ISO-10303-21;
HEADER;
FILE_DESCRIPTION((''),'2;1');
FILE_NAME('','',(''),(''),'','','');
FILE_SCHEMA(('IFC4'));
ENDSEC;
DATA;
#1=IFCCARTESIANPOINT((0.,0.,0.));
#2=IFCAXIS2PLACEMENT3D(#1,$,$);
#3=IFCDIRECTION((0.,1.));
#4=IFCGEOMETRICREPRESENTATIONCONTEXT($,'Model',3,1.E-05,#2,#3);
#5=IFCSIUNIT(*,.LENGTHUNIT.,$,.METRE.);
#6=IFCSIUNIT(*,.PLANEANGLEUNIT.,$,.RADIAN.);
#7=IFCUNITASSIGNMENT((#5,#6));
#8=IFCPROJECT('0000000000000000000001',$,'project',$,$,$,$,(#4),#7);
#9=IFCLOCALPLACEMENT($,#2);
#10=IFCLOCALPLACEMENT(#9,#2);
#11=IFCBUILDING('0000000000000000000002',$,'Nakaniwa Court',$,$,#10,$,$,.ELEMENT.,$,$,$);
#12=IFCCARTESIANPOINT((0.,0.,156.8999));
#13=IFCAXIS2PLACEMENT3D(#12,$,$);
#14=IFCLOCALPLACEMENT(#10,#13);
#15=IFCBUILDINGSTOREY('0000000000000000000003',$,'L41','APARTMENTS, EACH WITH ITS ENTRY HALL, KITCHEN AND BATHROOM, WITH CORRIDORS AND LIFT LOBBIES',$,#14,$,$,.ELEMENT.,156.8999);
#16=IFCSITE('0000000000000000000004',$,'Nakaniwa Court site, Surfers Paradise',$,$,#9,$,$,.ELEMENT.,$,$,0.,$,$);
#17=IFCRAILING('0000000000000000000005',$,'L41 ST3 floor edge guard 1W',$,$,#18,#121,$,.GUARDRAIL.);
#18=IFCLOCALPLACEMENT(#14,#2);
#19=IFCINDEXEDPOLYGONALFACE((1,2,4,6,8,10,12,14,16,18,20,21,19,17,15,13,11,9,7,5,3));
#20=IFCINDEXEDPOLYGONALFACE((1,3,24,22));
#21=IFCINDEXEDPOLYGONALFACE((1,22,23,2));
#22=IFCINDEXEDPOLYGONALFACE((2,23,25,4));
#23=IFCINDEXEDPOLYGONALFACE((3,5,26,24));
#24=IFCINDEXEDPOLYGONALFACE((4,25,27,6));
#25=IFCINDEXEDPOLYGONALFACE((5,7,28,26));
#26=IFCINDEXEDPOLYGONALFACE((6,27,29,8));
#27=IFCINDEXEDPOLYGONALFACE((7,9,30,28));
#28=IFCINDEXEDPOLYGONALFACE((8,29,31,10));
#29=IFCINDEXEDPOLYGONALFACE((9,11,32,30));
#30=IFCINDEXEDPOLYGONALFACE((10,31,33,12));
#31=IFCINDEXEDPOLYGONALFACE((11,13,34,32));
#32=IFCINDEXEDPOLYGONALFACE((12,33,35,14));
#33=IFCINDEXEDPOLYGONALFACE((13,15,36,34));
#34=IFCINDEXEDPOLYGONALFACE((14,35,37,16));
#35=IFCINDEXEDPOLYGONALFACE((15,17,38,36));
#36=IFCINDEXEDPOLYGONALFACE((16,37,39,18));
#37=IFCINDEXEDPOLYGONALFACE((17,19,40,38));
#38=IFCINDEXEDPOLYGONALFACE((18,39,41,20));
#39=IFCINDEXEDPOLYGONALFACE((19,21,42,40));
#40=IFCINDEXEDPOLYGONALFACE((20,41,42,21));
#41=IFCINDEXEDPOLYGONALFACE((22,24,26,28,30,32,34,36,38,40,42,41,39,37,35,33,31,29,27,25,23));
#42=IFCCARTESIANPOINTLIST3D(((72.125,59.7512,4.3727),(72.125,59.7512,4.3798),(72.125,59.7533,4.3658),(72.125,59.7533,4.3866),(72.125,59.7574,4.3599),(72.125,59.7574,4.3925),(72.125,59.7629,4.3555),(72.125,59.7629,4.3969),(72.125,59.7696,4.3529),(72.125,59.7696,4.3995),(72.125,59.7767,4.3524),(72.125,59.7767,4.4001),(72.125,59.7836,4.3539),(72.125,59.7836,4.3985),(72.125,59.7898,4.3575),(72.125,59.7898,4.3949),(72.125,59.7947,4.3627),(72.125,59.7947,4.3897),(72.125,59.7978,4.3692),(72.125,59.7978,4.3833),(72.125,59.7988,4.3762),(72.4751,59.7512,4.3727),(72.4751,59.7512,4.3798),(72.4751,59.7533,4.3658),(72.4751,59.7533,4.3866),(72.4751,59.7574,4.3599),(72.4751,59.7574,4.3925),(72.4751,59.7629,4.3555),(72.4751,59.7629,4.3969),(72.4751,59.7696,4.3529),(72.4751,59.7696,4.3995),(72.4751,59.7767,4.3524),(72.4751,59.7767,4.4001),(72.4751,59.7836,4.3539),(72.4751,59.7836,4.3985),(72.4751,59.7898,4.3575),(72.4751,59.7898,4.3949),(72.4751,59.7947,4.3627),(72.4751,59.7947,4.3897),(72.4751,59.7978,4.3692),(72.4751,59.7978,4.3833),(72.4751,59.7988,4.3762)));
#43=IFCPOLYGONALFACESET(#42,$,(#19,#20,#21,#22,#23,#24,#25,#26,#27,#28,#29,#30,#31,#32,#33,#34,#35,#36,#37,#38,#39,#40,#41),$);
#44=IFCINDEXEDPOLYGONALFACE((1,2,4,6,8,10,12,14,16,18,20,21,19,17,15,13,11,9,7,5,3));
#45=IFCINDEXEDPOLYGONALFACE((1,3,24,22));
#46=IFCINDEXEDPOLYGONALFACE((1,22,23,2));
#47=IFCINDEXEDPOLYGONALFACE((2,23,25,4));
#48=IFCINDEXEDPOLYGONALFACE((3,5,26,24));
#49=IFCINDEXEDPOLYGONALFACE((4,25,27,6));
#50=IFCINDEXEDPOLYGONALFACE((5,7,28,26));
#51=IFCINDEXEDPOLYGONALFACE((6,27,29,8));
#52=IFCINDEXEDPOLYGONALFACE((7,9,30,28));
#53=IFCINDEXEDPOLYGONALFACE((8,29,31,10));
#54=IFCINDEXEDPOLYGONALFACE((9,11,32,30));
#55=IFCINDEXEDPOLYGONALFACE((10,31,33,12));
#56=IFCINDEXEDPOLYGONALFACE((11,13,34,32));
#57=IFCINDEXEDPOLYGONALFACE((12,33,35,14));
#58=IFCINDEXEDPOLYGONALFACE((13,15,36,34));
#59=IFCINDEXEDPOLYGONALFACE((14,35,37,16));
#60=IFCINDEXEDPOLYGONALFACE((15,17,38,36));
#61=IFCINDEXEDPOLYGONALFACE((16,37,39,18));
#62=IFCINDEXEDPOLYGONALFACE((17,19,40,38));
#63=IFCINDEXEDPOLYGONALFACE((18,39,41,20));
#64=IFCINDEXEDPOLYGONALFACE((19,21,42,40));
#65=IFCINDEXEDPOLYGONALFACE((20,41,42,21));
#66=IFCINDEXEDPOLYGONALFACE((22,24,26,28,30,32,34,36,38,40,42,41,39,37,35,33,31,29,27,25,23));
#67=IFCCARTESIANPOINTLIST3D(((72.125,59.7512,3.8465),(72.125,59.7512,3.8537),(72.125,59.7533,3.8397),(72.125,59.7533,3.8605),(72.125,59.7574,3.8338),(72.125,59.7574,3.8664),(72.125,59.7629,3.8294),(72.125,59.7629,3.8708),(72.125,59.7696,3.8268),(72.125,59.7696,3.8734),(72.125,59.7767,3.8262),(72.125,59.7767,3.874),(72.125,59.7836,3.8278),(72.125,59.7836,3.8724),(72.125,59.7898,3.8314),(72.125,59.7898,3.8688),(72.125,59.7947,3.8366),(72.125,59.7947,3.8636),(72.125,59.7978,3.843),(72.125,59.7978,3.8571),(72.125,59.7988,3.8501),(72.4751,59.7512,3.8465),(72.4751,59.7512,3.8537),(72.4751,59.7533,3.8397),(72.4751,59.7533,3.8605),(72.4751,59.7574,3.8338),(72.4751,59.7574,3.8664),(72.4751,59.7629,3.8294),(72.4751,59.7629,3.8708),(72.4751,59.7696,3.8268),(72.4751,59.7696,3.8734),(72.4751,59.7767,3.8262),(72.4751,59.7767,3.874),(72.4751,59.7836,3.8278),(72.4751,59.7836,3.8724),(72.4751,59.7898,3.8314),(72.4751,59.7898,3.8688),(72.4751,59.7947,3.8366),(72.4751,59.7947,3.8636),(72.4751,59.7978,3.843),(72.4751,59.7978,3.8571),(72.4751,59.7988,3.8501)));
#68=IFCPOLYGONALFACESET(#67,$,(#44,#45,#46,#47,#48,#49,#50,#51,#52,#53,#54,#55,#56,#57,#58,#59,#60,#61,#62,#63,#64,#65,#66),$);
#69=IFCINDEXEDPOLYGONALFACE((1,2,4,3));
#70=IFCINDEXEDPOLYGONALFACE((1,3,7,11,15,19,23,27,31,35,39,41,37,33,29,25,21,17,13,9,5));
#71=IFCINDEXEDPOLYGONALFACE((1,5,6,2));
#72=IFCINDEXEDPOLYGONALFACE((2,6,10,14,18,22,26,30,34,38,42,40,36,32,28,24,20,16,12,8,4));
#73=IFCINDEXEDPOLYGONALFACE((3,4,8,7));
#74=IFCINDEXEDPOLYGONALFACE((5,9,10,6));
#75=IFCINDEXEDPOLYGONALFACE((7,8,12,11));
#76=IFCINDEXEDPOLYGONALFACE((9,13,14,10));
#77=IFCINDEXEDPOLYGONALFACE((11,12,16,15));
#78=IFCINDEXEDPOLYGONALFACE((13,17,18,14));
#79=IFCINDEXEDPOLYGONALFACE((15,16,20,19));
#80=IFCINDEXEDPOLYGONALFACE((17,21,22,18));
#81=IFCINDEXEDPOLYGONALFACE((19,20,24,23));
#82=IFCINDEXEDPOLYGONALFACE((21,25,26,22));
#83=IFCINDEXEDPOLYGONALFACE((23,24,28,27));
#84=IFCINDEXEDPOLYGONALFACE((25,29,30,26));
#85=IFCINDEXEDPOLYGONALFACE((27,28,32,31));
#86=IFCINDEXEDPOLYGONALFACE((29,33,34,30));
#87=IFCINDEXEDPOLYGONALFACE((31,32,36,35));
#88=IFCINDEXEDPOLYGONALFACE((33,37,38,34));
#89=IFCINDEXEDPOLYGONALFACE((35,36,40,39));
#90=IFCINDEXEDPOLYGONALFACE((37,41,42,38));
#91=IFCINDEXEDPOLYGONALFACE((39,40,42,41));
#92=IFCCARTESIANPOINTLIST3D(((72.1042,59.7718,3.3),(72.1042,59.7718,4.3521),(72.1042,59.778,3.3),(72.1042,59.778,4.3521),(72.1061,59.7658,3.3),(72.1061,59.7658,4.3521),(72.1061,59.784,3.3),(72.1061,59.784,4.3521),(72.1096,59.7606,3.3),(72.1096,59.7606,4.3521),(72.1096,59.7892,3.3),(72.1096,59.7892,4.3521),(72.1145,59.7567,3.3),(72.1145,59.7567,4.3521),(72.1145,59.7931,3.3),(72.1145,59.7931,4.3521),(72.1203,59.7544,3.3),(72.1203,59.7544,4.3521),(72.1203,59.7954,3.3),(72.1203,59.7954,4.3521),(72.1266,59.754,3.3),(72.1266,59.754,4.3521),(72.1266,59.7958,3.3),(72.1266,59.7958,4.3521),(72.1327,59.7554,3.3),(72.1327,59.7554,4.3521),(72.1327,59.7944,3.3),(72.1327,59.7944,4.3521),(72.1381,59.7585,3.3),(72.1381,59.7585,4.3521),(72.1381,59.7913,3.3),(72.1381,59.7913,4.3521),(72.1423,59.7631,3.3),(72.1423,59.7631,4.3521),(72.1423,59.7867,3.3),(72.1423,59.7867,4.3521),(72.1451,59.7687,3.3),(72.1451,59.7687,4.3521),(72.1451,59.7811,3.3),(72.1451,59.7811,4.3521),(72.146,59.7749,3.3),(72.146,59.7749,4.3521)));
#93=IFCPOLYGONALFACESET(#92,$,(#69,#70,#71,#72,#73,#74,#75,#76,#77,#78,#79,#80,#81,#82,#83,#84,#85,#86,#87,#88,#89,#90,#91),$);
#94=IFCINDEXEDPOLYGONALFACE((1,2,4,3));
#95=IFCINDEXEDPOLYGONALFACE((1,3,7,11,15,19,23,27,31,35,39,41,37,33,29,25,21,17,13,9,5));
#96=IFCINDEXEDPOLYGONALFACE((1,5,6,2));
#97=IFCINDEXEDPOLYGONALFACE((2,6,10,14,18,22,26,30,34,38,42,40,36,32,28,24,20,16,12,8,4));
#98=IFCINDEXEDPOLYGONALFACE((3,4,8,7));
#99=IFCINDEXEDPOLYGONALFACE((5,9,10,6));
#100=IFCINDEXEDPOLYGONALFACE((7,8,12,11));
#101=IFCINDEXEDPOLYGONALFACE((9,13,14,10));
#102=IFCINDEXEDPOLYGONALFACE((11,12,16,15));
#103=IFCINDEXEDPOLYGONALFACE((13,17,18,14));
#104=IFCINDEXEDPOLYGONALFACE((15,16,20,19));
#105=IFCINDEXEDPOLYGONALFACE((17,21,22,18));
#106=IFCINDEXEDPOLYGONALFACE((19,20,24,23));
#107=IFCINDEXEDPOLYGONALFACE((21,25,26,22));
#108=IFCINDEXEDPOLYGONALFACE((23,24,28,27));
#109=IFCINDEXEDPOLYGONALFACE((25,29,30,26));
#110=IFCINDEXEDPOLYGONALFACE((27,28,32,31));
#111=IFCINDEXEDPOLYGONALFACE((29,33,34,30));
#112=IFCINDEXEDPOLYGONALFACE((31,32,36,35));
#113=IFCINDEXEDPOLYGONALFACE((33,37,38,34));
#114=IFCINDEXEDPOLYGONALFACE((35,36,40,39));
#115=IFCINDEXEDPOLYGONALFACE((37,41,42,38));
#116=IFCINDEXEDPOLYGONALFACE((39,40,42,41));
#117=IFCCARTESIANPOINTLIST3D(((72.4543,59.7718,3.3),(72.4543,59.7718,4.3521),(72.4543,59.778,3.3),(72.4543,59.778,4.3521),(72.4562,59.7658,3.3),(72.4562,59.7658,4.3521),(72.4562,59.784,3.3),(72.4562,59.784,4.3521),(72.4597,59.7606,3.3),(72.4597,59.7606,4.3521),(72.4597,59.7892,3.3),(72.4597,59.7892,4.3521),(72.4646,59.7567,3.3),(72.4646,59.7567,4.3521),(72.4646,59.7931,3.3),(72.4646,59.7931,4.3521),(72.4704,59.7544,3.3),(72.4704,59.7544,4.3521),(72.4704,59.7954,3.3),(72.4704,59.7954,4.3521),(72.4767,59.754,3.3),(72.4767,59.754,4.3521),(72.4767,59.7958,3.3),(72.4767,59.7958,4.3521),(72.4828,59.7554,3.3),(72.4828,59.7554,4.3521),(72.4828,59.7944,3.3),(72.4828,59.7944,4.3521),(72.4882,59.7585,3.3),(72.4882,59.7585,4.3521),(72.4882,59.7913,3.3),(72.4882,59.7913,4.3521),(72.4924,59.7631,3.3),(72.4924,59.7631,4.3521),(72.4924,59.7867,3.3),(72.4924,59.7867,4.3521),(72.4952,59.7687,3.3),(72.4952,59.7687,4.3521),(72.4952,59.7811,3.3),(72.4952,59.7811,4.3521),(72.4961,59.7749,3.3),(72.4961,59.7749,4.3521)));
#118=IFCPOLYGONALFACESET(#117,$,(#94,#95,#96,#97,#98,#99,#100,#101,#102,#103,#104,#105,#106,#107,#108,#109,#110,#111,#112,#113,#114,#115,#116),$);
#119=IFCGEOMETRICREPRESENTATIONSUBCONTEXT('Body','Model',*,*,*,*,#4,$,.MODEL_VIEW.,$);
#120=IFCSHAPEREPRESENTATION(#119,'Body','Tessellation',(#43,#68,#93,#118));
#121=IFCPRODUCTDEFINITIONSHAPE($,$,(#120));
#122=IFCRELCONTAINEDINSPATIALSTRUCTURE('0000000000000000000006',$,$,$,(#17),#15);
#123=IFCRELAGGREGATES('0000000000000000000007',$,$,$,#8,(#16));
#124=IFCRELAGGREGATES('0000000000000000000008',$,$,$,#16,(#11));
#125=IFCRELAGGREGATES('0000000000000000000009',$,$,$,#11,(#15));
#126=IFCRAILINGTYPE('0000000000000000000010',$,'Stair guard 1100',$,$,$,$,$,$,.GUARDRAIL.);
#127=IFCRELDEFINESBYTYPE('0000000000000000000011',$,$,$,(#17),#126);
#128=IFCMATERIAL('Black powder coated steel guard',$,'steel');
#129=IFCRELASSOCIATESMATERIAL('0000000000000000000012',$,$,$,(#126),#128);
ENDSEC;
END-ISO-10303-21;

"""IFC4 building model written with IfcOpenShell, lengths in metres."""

from ifc_helpers import new_model, si_unit, direction, frame, origin, origin_2d, place, context, subcontext, project, spatial, circle, extrude, material, type_object, element, save


model = new_model("IFC4")

# Units and contexts
model_context = context("Model", 3, precision=1e-05, world=origin(), true_north=direction((0.0, 1.0)))
body_context = subcontext(model_context, "Body", "Model", "MODEL_VIEW")
ifc_project = project(units=[si_unit("LENGTHUNIT", "METRE"), si_unit("PLANEANGLEUNIT", "RADIAN")], contexts=[model_context])

# Site, building, storey
site_placement = place(None, origin())
site = spatial("IfcSite", under=ifc_project, at=site_placement, Name="Nakaniwa Court site, Surfers Paradise", CompositionType="ELEMENT", RefElevation=0.0)
building_placement = place(site_placement, origin())
building = spatial("IfcBuilding", under=site, at=building_placement, Name="Nakaniwa Court", CompositionType="ELEMENT")
storey_placement = place(building_placement, frame((0.0, 0.0, 156.8999)))
storey = spatial("IfcBuildingStorey", under=building, at=storey_placement, Name="L41", Description="APARTMENTS, EACH WITH ITS ENTRY HALL, KITCHEN AND BATHROOM, WITH CORRIDORS AND LIFT LOBBIES", CompositionType="ELEMENT", Elevation=156.8999)

# Railing
ifc_material_1 = material(Name="Black powder coated steel guard", Category="steel")
railing_type_1 = type_object("IfcRailingType", Name="Stair guard 1100", PredefinedType="GUARDRAIL", material=ifc_material_1)
for number, where, name in (
    (1, (72.125, 59.7749, 3.3), "L41 ST3 floor edge guard 1W"),
):
    element("IfcRailing", number, at=place(storey_placement, frame(where)), inside=storey, type_object=railing_type_1, Name=name, PredefinedType="GUARDRAIL", context=body_context, shape_type="SweptSolid", body=[
        extrude(circle(Radius=0.0239, at=origin_2d()), frame((0.0, 0.0, 1.0762), z_axis=(1.0, 0.0, 0.0), x_axis=(0.0, 1.0, 0.0)), (0.0, 0.0, 1.0), 0.3501),
        extrude(circle(Radius=0.0239, at=origin_2d()), frame((0.0, 0.0, 0.55), z_axis=(1.0, 0.0, 0.0), x_axis=(0.0, 1.0, 0.0)), (0.0, 0.0, 1.0), 0.3501),
        extrude(circle(Radius=0.021, at=origin_2d()), origin(), (0.0, 0.0, 1.0), 1.052),
        extrude(circle(Radius=0.021, at=origin_2d()), frame((0.3501, 0.0, 0.0)), (0.0, 0.0, 1.0), 1.052),
    ])

save(model, "model.ifc")
